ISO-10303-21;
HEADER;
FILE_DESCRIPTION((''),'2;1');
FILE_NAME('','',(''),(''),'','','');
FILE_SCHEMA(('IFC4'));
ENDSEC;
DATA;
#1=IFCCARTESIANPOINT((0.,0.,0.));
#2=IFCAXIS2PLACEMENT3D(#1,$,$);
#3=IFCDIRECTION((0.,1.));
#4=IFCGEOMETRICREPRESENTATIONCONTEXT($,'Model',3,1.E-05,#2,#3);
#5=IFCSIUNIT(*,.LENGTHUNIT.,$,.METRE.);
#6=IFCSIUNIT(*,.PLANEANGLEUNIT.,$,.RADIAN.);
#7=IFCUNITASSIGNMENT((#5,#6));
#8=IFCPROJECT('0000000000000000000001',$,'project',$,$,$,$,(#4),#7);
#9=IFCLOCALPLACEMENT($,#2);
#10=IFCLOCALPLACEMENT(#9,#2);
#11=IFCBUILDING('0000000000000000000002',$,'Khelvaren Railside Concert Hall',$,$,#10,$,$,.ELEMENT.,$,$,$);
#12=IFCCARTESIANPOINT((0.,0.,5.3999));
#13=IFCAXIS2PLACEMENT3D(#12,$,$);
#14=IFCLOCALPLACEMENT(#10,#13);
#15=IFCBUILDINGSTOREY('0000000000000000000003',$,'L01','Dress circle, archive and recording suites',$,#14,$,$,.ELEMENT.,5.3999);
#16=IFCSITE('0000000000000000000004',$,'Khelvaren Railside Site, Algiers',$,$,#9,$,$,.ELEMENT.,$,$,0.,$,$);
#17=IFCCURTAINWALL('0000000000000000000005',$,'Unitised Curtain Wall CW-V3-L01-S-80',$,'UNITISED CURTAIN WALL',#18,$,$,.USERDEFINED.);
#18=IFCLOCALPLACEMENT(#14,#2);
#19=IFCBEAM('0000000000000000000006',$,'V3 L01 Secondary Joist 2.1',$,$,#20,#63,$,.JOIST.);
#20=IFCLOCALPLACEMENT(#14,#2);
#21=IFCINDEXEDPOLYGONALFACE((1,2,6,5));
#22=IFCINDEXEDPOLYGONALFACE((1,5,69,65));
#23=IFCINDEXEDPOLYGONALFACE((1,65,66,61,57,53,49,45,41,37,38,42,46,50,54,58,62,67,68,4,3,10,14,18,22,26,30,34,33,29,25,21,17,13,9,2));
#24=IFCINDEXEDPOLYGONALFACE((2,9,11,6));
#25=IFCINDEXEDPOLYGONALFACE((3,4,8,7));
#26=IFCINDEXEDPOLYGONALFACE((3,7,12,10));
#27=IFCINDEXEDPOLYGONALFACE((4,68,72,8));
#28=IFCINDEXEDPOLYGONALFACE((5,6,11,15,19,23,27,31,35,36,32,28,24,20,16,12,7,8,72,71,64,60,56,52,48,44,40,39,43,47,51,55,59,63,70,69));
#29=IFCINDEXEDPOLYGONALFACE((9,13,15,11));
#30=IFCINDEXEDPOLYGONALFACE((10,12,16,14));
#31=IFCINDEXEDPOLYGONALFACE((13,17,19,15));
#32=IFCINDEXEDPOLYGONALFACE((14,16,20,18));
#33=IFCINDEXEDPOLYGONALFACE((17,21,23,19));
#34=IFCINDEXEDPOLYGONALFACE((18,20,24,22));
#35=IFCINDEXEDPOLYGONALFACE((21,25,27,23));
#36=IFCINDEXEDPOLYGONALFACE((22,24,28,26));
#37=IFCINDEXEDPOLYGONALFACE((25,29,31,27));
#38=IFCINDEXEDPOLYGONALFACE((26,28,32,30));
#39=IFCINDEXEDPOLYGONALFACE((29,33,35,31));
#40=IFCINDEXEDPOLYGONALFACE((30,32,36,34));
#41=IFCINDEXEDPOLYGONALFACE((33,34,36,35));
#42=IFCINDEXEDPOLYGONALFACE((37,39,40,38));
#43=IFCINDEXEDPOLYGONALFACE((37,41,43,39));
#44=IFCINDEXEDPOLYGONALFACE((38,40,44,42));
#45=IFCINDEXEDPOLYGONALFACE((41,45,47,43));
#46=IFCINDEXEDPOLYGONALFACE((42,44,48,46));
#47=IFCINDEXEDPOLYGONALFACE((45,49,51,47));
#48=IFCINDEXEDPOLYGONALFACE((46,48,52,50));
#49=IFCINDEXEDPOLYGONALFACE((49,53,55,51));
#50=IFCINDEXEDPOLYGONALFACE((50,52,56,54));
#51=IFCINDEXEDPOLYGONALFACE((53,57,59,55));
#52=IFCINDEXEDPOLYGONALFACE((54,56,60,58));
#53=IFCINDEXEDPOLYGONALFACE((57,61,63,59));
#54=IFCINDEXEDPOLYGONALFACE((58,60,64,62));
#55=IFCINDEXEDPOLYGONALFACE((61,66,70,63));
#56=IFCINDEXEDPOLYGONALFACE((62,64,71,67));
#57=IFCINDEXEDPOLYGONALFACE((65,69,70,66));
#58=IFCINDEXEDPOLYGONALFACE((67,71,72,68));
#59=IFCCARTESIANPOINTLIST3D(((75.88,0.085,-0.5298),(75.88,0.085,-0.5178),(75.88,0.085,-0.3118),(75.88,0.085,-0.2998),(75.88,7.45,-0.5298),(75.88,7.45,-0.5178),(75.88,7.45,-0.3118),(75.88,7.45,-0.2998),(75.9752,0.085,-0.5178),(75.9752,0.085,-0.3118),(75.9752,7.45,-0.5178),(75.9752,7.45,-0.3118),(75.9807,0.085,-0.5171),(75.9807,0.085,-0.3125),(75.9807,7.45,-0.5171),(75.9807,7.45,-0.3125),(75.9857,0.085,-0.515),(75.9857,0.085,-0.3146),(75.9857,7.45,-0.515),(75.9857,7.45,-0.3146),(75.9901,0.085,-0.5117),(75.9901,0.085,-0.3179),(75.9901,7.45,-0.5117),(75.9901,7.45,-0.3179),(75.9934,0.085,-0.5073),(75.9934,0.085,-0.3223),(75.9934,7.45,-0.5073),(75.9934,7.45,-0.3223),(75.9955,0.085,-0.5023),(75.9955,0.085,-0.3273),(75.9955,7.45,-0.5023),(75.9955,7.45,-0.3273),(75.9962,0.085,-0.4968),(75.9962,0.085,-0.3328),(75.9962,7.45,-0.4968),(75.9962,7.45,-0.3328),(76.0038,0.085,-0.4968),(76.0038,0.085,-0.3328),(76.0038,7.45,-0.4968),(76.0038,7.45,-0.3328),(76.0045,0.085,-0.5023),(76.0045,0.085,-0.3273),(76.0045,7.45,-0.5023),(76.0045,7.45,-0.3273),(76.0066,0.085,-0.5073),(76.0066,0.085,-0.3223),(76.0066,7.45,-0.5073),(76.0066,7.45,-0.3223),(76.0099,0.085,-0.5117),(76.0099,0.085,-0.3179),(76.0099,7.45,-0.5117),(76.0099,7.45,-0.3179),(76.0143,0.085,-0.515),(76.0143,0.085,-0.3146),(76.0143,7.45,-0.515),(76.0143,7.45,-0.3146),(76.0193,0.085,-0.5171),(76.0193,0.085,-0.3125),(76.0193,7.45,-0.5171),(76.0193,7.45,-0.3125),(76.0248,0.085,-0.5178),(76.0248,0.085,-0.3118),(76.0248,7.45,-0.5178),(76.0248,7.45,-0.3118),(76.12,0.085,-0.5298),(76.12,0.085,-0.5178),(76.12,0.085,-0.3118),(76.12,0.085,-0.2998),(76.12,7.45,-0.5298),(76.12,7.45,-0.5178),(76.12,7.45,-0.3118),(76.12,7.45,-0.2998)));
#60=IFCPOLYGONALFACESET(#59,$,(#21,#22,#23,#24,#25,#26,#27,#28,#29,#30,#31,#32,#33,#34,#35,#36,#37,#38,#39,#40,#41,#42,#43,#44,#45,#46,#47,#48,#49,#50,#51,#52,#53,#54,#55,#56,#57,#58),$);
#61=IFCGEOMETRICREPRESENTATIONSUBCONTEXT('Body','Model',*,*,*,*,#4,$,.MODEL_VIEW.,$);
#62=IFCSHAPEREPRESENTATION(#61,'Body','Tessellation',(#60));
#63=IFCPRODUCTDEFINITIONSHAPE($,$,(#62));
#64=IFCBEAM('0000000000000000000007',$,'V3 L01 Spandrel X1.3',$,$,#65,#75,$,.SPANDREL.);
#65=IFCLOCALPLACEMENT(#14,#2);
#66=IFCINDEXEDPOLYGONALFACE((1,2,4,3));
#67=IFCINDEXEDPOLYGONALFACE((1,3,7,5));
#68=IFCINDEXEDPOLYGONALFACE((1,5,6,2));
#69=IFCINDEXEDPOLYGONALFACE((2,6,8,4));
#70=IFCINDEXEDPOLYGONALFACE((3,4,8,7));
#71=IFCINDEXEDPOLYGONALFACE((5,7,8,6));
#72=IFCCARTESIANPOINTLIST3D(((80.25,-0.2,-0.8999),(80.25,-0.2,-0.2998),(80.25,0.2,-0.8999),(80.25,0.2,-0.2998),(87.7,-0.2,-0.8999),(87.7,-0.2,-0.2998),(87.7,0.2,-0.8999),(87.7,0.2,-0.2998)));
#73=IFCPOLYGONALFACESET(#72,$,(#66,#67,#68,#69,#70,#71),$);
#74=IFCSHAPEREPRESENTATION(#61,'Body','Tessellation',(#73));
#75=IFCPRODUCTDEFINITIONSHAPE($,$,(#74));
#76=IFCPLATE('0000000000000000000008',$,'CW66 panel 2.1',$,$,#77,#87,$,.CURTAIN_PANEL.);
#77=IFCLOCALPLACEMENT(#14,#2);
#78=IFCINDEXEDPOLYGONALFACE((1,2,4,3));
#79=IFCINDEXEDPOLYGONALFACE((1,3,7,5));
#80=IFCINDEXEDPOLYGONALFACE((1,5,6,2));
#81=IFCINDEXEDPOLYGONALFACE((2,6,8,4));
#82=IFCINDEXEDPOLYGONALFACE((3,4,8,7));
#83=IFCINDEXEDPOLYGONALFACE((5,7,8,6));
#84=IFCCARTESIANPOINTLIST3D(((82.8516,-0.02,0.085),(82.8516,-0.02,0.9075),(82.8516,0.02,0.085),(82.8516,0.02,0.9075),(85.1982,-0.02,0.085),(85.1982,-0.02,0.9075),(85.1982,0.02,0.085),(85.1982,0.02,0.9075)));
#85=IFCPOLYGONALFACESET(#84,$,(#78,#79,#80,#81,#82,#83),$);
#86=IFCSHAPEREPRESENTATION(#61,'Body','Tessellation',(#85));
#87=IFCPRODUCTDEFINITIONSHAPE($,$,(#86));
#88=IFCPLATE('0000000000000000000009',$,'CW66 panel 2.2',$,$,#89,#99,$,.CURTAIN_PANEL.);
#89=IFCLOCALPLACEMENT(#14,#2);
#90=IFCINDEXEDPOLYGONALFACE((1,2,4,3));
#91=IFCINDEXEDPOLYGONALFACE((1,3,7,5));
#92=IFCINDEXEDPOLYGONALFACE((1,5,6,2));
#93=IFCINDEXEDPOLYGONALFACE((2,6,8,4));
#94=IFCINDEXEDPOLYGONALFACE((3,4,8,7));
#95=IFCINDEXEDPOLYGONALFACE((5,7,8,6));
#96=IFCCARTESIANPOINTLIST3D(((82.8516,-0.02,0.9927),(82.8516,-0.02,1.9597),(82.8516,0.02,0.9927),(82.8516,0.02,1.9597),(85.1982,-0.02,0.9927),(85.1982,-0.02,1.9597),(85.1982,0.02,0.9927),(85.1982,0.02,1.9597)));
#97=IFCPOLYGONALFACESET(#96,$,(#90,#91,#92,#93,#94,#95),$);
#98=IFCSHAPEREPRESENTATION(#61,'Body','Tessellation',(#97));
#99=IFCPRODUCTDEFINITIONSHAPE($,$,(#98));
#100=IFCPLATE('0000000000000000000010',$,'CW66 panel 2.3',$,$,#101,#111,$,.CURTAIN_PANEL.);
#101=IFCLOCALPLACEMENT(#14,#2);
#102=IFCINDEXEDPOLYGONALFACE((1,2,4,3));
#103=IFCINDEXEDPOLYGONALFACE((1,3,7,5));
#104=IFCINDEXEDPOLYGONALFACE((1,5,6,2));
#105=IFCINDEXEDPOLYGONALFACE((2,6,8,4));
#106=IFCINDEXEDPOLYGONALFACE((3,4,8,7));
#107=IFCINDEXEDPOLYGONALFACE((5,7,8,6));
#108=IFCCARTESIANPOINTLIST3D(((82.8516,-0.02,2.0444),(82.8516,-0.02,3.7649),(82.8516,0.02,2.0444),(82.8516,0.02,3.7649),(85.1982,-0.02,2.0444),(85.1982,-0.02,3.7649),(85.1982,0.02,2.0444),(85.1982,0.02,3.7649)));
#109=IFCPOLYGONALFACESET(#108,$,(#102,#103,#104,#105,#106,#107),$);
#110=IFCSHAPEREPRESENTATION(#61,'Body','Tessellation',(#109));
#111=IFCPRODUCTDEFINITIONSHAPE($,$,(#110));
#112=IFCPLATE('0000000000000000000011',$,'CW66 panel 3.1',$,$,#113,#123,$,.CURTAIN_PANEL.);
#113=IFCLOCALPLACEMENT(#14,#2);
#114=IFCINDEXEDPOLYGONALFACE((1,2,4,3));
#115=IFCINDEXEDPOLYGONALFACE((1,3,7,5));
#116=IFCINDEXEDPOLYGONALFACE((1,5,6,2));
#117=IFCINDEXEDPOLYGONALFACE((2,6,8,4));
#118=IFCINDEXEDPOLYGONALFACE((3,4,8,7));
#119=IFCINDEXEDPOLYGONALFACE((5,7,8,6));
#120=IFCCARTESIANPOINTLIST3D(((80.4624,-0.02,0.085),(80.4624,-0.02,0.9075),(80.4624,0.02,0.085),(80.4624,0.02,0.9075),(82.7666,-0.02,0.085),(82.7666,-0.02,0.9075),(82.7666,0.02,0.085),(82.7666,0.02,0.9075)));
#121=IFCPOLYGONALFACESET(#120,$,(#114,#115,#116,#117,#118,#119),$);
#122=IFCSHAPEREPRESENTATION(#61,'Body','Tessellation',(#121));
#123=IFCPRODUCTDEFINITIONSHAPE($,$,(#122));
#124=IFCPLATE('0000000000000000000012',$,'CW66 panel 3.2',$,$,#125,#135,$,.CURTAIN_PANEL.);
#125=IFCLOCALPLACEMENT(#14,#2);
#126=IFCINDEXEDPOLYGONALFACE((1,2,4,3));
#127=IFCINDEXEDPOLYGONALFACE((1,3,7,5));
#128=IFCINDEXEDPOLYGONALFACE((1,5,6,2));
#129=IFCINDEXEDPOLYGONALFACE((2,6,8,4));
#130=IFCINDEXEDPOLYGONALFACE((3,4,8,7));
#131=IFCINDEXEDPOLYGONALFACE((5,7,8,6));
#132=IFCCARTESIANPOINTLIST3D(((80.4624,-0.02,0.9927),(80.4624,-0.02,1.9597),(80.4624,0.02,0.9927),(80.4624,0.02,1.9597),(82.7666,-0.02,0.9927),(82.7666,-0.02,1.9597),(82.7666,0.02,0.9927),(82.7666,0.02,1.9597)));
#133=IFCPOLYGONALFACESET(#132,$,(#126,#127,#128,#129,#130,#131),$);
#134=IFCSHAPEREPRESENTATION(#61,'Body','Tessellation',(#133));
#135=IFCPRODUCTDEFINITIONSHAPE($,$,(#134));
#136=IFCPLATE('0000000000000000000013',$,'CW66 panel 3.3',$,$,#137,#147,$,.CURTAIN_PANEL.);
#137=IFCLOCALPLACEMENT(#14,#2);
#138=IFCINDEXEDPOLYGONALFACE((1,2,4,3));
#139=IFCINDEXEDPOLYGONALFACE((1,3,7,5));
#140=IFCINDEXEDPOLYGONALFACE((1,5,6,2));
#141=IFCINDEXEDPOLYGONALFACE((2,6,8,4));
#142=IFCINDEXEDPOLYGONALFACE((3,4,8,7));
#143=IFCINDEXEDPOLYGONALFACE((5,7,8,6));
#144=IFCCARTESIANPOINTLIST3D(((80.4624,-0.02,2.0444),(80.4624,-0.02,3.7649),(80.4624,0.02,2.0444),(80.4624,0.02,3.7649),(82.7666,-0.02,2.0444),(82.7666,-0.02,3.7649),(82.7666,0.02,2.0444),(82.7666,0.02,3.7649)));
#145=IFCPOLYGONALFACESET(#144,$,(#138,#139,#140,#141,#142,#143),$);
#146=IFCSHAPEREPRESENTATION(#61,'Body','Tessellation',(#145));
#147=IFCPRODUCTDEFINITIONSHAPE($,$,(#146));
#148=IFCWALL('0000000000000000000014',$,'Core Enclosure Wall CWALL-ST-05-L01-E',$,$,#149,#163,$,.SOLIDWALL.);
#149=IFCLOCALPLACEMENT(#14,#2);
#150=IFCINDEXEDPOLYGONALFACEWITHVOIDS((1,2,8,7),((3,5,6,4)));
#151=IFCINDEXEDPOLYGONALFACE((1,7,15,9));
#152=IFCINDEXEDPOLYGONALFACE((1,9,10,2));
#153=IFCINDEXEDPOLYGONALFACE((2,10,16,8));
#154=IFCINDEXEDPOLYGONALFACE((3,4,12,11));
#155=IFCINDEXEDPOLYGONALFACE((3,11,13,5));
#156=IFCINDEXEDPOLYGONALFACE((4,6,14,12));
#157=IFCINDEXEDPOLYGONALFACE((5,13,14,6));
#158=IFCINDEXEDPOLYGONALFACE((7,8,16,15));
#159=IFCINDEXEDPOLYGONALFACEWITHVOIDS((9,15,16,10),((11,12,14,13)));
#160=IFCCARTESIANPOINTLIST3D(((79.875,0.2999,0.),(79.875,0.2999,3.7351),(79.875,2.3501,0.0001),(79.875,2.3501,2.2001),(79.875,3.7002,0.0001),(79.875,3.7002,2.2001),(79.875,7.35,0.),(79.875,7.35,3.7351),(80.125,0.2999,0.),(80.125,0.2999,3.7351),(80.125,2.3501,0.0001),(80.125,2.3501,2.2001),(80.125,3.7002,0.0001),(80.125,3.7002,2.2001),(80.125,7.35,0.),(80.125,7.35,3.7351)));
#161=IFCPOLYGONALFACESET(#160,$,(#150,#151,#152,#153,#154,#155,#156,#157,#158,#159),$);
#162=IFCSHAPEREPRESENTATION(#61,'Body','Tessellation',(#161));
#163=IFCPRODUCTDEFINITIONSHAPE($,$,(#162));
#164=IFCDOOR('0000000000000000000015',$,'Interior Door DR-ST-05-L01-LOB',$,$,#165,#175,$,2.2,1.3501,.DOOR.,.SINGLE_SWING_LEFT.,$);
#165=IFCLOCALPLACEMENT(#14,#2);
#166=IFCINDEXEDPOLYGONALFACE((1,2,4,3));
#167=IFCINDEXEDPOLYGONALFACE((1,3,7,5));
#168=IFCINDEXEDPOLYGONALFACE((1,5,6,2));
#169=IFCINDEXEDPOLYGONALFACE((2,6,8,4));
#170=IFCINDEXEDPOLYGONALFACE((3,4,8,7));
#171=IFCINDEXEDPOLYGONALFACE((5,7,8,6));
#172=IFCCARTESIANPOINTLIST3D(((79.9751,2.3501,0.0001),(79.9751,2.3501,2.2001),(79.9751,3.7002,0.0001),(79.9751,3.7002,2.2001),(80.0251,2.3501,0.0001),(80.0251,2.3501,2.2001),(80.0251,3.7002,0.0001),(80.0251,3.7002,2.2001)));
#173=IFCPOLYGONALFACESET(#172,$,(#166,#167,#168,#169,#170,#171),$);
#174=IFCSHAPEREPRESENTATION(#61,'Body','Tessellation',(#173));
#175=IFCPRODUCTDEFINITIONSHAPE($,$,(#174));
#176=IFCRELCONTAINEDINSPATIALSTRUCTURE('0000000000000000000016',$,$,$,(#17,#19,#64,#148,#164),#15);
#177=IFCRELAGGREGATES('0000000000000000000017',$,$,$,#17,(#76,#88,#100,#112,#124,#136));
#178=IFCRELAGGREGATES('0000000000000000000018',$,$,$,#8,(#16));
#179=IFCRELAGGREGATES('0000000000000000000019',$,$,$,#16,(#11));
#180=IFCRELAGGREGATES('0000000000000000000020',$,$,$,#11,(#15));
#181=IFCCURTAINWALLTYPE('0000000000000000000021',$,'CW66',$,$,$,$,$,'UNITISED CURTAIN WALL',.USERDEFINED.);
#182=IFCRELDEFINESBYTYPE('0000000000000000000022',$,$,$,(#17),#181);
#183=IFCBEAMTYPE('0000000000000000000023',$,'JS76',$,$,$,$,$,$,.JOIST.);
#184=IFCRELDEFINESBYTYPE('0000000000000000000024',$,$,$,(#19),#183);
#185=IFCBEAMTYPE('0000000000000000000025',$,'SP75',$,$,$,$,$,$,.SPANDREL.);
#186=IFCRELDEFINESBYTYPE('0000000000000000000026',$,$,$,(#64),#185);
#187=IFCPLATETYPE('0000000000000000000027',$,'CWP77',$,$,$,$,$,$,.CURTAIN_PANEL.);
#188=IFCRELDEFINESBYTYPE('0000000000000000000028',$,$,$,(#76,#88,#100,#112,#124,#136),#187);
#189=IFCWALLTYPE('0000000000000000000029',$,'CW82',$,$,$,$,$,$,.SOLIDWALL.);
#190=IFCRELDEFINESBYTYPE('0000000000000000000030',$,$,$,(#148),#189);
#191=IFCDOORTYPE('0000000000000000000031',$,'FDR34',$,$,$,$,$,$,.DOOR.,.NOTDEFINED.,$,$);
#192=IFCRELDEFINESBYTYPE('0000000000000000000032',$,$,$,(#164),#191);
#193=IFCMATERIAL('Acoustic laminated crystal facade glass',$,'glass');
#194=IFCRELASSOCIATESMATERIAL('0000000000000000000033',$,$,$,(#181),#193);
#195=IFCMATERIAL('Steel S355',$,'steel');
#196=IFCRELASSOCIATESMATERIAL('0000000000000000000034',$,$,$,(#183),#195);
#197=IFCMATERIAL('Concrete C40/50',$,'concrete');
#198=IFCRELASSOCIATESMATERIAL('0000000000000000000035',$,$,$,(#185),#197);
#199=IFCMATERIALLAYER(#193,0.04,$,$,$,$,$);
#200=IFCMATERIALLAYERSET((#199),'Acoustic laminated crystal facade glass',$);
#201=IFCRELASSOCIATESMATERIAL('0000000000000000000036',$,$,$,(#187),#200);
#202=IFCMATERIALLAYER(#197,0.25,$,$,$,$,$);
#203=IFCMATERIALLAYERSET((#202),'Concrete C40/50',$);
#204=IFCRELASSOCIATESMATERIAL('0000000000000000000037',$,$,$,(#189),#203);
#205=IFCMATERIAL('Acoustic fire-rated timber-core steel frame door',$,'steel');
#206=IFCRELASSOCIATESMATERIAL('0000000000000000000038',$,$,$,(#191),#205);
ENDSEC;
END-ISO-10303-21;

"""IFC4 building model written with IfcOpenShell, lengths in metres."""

from ifc_helpers import new_model, si_unit, direction, frame, frame_2d, origin, origin_2d, place, context, subcontext, project, spatial, rectangle, i_section, extrude, material, layer, layer_set, material_profile, profile_set, type_object, element, fill, aggregate, save


model = new_model("IFC4")

# Units and contexts
model_context = context("Model", 3, precision=1e-05, world=origin(), true_north=direction((0.0, 1.0)))
body_context = subcontext(model_context, "Body", "Model", "MODEL_VIEW")
ifc_project = project(units=[si_unit("LENGTHUNIT", "METRE"), si_unit("PLANEANGLEUNIT", "RADIAN")], contexts=[model_context])

# Site, building, storey
site_placement = place(None, origin())
site = spatial("IfcSite", under=ifc_project, at=site_placement, Name="Khelvaren Railside Site, Algiers", CompositionType="ELEMENT", RefElevation=0.0)
building_placement = place(site_placement, origin())
building = spatial("IfcBuilding", under=site, at=building_placement, Name="Khelvaren Railside Concert Hall", CompositionType="ELEMENT")
storey_placement = place(building_placement, frame((0.0, 0.0, 5.3999)))
storey = spatial("IfcBuildingStorey", under=building, at=storey_placement, Name="L01", Description="Dress circle, archive and recording suites", CompositionType="ELEMENT", Elevation=5.3999)

# Shared definitions
ifc_material_1 = material(Name="Steel S355", Category="steel")

# Curtain wall
ifc_material_2 = material(Name="Acoustic laminated crystal facade glass", Category="glass")
curtain_wall_type = type_object("IfcCurtainWallType", Name="CW66", ElementType="UNITISED CURTAIN WALL", PredefinedType="USERDEFINED", material=ifc_material_2)
curtain_wall_placement = place(storey_placement, origin())
curtain_wall = element("IfcCurtainWall", 1, at=curtain_wall_placement, inside=storey, type_object=curtain_wall_type, Name="Unitised Curtain Wall CW-V3-L01-S-80", ObjectType="UNITISED CURTAIN WALL", PredefinedType="USERDEFINED")

# Beams
ifc_material_profile_1 = material_profile(ifc_material_1, i_section(OverallWidth=0.24, OverallDepth=0.23, WebThickness=0.0076, FlangeThickness=0.012, FilletRadius=0.021, at=origin_2d()), Name="HEA 240")
ifc_profile_set_1 = profile_set([ifc_material_profile_1], Name="Steel S355")
beam_type_1 = type_object("IfcBeamType", Name="JS76", PredefinedType="JOIST", material=ifc_profile_set_1)
beam_1_placement = place(storey_placement, frame((76.0, 0.085, -0.4148), z_axis=(0.0, 1.0, 0.0), x_axis=(-1.0, 0.0, 0.0)))
element("IfcBeam", 2, at=beam_1_placement, inside=storey, type_object=beam_type_1, Name="V3 L01 Secondary Joist 2.1", PredefinedType="JOIST", context=body_context, shape_type="SweptSolid", body=[
    extrude(i_section(OverallWidth=0.24, OverallDepth=0.23, WebThickness=0.0076, FlangeThickness=0.012, FilletRadius=0.021, at=origin_2d()), origin(), (0.0, 0.0, 1.0), 7.365),
])
ifc_material_3 = material(Name="Concrete C40/50", Category="concrete")
ifc_material_profile_2 = material_profile(ifc_material_3, rectangle(XDim=0.3999, YDim=0.6001, at=origin_2d()), Name="RCB 400x600")
ifc_profile_set_2 = profile_set([ifc_material_profile_2], Name="Concrete C40/50")
beam_type_2 = type_object("IfcBeamType", Name="SP75", PredefinedType="SPANDREL", material=ifc_profile_set_2)
beam_2_placement = place(storey_placement, frame((80.25, 0.0, -0.5999), z_axis=(1.0, 0.0, 0.0), x_axis=(0.0, 1.0, 0.0)))
element("IfcBeam", 3, at=beam_2_placement, inside=storey, type_object=beam_type_2, Name="V3 L01 Spandrel X1.3", PredefinedType="SPANDREL", context=body_context, shape_type="SweptSolid", body=[
    extrude(rectangle(XDim=0.3999, YDim=0.6001, at=origin_2d()), origin(), (0.0, 0.0, 1.0), 7.45),
])

# Plates
ifc_layer_1 = layer(ifc_material_2, 0.04)
ifc_layer_set_1 = layer_set([ifc_layer_1], Name="Acoustic laminated crystal facade glass")
plate_type = type_object("IfcPlateType", Name="CWP77", PredefinedType="CURTAIN_PANEL", material=ifc_layer_set_1)
plate_1_placement = place(storey_placement, frame((84.0249, 0.0, 0.085), z_axis=(0.0, 0.0, 1.0), x_axis=(-1.0, 0.0, 0.0)))
plate_1 = element("IfcPlate", 4, at=plate_1_placement, type_object=plate_type, Name="CW66 panel 2.1", PredefinedType="CURTAIN_PANEL", context=body_context, shape_type="SweptSolid", body=[
    extrude(rectangle(XDim=2.3467, YDim=0.04, at=origin_2d()), origin(), (0.0, 0.0, 1.0), 0.8225),
])
plate_2_placement = place(storey_placement, frame((84.0249, 0.0, 0.9927), z_axis=(0.0, 0.0, 1.0), x_axis=(-1.0, 0.0, 0.0)))
plate_2 = element("IfcPlate", 5, at=plate_2_placement, type_object=plate_type, Name="CW66 panel 2.2", PredefinedType="CURTAIN_PANEL", context=body_context, shape_type="SweptSolid", body=[
    extrude(rectangle(XDim=2.3467, YDim=0.04, at=origin_2d()), origin(), (0.0, 0.0, 1.0), 0.967),
])
plate_3_placement = place(storey_placement, frame((84.0249, 0.0, 2.0444), z_axis=(0.0, 0.0, 1.0), x_axis=(-1.0, 0.0, 0.0)))
plate_3 = element("IfcPlate", 6, at=plate_3_placement, type_object=plate_type, Name="CW66 panel 2.3", PredefinedType="CURTAIN_PANEL", context=body_context, shape_type="SweptSolid", body=[
    extrude(rectangle(XDim=2.3467, YDim=0.04, at=origin_2d()), origin(), (0.0, 0.0, 1.0), 1.7205),
])
plate_4_placement = place(storey_placement, frame((81.6145, 0.0, 0.085), z_axis=(0.0, 0.0, 1.0), x_axis=(-1.0, 0.0, 0.0)))
plate_4 = element("IfcPlate", 7, at=plate_4_placement, type_object=plate_type, Name="CW66 panel 3.1", PredefinedType="CURTAIN_PANEL", context=body_context, shape_type="SweptSolid", body=[
    extrude(rectangle(XDim=2.3042, YDim=0.04, at=origin_2d()), origin(), (0.0, 0.0, 1.0), 0.8225),
])
plate_5_placement = place(storey_placement, frame((81.6145, 0.0, 0.9927), z_axis=(0.0, 0.0, 1.0), x_axis=(-1.0, 0.0, 0.0)))
plate_5 = element("IfcPlate", 8, at=plate_5_placement, type_object=plate_type, Name="CW66 panel 3.2", PredefinedType="CURTAIN_PANEL", context=body_context, shape_type="SweptSolid", body=[
    extrude(rectangle(XDim=2.3042, YDim=0.04, at=origin_2d()), origin(), (0.0, 0.0, 1.0), 0.967),
])
plate_6_placement = place(storey_placement, frame((81.6145, 0.0, 2.0444), z_axis=(0.0, 0.0, 1.0), x_axis=(-1.0, 0.0, 0.0)))
plate_6 = element("IfcPlate", 9, at=plate_6_placement, type_object=plate_type, Name="CW66 panel 3.3", PredefinedType="CURTAIN_PANEL", context=body_context, shape_type="SweptSolid", body=[
    extrude(rectangle(XDim=2.3042, YDim=0.04, at=origin_2d()), origin(), (0.0, 0.0, 1.0), 1.7205),
])
aggregate(curtain_wall, [plate_1, plate_2, plate_3, plate_4, plate_5, plate_6])

# Wall, opening, door
ifc_layer_2 = layer(ifc_material_3, 0.25)
ifc_layer_set_2 = layer_set([ifc_layer_2], Name="Concrete C40/50")
wall_type_1 = type_object("IfcWallType", Name="CW82", PredefinedType="SOLIDWALL", material=ifc_layer_set_2)
wall_1_placement = place(storey_placement, frame((80.0, 0.3, 0.0), z_axis=(0.0, 0.0, 1.0), x_axis=(0.0, 1.0, 0.0)))
wall_1 = element("IfcWall", 10, at=wall_1_placement, inside=storey, type_object=wall_type_1, Name="Core Enclosure Wall CWALL-ST-05-L01-E", PredefinedType="SOLIDWALL", context=body_context, shape_type="SweptSolid", body=[
    extrude(rectangle(XDim=7.05, YDim=0.25, at=frame_2d((3.5249, 0.0))), origin(), (0.0, 0.0, 1.0), 3.7351),
])
opening_1_placement = place(wall_1_placement, frame((2.05, 0.0, 0.0)))
opening_1 = element("IfcOpeningElement", 11, at=opening_1_placement, cuts=wall_1, PredefinedType="OPENING", context=body_context, shape_type="SweptSolid", body=[
    extrude(rectangle(XDim=1.3501, YDim=2.2, at=frame_2d((0.675, 1.1001))), frame((0.0, 0.135, 0.0), z_axis=(0.0, -1.0, 0.0), x_axis=(1.0, 0.0, 0.0)), (0.0, 0.0, 1.0), 0.27),
])
ifc_material_4 = material(Name="Acoustic fire-rated timber-core steel frame door", Category="steel")
door_type_1 = type_object("IfcDoorType", Name="FDR34", OperationType="NOTDEFINED", PredefinedType="DOOR", material=ifc_material_4)
door_1_placement = place(opening_1_placement, origin())
door_1 = element("IfcDoor", 12, at=door_1_placement, inside=storey, type_object=door_type_1, Name="Interior Door DR-ST-05-L01-LOB", OperationType="SINGLE_SWING_LEFT", OverallHeight=2.2, OverallWidth=1.3501, PredefinedType="DOOR", context=body_context, shape_type="SweptSolid", body=[
    extrude(rectangle(XDim=1.3501, YDim=2.2, at=frame_2d((0.675, 1.1001))), frame((0.0, 0.0249, 0.0), z_axis=(0.0, -1.0, 0.0), x_axis=(1.0, 0.0, 0.0)), (0.0, 0.0, 1.0), 0.05),
])
fill(opening_1, door_1)

save(model, "model.ifc")
